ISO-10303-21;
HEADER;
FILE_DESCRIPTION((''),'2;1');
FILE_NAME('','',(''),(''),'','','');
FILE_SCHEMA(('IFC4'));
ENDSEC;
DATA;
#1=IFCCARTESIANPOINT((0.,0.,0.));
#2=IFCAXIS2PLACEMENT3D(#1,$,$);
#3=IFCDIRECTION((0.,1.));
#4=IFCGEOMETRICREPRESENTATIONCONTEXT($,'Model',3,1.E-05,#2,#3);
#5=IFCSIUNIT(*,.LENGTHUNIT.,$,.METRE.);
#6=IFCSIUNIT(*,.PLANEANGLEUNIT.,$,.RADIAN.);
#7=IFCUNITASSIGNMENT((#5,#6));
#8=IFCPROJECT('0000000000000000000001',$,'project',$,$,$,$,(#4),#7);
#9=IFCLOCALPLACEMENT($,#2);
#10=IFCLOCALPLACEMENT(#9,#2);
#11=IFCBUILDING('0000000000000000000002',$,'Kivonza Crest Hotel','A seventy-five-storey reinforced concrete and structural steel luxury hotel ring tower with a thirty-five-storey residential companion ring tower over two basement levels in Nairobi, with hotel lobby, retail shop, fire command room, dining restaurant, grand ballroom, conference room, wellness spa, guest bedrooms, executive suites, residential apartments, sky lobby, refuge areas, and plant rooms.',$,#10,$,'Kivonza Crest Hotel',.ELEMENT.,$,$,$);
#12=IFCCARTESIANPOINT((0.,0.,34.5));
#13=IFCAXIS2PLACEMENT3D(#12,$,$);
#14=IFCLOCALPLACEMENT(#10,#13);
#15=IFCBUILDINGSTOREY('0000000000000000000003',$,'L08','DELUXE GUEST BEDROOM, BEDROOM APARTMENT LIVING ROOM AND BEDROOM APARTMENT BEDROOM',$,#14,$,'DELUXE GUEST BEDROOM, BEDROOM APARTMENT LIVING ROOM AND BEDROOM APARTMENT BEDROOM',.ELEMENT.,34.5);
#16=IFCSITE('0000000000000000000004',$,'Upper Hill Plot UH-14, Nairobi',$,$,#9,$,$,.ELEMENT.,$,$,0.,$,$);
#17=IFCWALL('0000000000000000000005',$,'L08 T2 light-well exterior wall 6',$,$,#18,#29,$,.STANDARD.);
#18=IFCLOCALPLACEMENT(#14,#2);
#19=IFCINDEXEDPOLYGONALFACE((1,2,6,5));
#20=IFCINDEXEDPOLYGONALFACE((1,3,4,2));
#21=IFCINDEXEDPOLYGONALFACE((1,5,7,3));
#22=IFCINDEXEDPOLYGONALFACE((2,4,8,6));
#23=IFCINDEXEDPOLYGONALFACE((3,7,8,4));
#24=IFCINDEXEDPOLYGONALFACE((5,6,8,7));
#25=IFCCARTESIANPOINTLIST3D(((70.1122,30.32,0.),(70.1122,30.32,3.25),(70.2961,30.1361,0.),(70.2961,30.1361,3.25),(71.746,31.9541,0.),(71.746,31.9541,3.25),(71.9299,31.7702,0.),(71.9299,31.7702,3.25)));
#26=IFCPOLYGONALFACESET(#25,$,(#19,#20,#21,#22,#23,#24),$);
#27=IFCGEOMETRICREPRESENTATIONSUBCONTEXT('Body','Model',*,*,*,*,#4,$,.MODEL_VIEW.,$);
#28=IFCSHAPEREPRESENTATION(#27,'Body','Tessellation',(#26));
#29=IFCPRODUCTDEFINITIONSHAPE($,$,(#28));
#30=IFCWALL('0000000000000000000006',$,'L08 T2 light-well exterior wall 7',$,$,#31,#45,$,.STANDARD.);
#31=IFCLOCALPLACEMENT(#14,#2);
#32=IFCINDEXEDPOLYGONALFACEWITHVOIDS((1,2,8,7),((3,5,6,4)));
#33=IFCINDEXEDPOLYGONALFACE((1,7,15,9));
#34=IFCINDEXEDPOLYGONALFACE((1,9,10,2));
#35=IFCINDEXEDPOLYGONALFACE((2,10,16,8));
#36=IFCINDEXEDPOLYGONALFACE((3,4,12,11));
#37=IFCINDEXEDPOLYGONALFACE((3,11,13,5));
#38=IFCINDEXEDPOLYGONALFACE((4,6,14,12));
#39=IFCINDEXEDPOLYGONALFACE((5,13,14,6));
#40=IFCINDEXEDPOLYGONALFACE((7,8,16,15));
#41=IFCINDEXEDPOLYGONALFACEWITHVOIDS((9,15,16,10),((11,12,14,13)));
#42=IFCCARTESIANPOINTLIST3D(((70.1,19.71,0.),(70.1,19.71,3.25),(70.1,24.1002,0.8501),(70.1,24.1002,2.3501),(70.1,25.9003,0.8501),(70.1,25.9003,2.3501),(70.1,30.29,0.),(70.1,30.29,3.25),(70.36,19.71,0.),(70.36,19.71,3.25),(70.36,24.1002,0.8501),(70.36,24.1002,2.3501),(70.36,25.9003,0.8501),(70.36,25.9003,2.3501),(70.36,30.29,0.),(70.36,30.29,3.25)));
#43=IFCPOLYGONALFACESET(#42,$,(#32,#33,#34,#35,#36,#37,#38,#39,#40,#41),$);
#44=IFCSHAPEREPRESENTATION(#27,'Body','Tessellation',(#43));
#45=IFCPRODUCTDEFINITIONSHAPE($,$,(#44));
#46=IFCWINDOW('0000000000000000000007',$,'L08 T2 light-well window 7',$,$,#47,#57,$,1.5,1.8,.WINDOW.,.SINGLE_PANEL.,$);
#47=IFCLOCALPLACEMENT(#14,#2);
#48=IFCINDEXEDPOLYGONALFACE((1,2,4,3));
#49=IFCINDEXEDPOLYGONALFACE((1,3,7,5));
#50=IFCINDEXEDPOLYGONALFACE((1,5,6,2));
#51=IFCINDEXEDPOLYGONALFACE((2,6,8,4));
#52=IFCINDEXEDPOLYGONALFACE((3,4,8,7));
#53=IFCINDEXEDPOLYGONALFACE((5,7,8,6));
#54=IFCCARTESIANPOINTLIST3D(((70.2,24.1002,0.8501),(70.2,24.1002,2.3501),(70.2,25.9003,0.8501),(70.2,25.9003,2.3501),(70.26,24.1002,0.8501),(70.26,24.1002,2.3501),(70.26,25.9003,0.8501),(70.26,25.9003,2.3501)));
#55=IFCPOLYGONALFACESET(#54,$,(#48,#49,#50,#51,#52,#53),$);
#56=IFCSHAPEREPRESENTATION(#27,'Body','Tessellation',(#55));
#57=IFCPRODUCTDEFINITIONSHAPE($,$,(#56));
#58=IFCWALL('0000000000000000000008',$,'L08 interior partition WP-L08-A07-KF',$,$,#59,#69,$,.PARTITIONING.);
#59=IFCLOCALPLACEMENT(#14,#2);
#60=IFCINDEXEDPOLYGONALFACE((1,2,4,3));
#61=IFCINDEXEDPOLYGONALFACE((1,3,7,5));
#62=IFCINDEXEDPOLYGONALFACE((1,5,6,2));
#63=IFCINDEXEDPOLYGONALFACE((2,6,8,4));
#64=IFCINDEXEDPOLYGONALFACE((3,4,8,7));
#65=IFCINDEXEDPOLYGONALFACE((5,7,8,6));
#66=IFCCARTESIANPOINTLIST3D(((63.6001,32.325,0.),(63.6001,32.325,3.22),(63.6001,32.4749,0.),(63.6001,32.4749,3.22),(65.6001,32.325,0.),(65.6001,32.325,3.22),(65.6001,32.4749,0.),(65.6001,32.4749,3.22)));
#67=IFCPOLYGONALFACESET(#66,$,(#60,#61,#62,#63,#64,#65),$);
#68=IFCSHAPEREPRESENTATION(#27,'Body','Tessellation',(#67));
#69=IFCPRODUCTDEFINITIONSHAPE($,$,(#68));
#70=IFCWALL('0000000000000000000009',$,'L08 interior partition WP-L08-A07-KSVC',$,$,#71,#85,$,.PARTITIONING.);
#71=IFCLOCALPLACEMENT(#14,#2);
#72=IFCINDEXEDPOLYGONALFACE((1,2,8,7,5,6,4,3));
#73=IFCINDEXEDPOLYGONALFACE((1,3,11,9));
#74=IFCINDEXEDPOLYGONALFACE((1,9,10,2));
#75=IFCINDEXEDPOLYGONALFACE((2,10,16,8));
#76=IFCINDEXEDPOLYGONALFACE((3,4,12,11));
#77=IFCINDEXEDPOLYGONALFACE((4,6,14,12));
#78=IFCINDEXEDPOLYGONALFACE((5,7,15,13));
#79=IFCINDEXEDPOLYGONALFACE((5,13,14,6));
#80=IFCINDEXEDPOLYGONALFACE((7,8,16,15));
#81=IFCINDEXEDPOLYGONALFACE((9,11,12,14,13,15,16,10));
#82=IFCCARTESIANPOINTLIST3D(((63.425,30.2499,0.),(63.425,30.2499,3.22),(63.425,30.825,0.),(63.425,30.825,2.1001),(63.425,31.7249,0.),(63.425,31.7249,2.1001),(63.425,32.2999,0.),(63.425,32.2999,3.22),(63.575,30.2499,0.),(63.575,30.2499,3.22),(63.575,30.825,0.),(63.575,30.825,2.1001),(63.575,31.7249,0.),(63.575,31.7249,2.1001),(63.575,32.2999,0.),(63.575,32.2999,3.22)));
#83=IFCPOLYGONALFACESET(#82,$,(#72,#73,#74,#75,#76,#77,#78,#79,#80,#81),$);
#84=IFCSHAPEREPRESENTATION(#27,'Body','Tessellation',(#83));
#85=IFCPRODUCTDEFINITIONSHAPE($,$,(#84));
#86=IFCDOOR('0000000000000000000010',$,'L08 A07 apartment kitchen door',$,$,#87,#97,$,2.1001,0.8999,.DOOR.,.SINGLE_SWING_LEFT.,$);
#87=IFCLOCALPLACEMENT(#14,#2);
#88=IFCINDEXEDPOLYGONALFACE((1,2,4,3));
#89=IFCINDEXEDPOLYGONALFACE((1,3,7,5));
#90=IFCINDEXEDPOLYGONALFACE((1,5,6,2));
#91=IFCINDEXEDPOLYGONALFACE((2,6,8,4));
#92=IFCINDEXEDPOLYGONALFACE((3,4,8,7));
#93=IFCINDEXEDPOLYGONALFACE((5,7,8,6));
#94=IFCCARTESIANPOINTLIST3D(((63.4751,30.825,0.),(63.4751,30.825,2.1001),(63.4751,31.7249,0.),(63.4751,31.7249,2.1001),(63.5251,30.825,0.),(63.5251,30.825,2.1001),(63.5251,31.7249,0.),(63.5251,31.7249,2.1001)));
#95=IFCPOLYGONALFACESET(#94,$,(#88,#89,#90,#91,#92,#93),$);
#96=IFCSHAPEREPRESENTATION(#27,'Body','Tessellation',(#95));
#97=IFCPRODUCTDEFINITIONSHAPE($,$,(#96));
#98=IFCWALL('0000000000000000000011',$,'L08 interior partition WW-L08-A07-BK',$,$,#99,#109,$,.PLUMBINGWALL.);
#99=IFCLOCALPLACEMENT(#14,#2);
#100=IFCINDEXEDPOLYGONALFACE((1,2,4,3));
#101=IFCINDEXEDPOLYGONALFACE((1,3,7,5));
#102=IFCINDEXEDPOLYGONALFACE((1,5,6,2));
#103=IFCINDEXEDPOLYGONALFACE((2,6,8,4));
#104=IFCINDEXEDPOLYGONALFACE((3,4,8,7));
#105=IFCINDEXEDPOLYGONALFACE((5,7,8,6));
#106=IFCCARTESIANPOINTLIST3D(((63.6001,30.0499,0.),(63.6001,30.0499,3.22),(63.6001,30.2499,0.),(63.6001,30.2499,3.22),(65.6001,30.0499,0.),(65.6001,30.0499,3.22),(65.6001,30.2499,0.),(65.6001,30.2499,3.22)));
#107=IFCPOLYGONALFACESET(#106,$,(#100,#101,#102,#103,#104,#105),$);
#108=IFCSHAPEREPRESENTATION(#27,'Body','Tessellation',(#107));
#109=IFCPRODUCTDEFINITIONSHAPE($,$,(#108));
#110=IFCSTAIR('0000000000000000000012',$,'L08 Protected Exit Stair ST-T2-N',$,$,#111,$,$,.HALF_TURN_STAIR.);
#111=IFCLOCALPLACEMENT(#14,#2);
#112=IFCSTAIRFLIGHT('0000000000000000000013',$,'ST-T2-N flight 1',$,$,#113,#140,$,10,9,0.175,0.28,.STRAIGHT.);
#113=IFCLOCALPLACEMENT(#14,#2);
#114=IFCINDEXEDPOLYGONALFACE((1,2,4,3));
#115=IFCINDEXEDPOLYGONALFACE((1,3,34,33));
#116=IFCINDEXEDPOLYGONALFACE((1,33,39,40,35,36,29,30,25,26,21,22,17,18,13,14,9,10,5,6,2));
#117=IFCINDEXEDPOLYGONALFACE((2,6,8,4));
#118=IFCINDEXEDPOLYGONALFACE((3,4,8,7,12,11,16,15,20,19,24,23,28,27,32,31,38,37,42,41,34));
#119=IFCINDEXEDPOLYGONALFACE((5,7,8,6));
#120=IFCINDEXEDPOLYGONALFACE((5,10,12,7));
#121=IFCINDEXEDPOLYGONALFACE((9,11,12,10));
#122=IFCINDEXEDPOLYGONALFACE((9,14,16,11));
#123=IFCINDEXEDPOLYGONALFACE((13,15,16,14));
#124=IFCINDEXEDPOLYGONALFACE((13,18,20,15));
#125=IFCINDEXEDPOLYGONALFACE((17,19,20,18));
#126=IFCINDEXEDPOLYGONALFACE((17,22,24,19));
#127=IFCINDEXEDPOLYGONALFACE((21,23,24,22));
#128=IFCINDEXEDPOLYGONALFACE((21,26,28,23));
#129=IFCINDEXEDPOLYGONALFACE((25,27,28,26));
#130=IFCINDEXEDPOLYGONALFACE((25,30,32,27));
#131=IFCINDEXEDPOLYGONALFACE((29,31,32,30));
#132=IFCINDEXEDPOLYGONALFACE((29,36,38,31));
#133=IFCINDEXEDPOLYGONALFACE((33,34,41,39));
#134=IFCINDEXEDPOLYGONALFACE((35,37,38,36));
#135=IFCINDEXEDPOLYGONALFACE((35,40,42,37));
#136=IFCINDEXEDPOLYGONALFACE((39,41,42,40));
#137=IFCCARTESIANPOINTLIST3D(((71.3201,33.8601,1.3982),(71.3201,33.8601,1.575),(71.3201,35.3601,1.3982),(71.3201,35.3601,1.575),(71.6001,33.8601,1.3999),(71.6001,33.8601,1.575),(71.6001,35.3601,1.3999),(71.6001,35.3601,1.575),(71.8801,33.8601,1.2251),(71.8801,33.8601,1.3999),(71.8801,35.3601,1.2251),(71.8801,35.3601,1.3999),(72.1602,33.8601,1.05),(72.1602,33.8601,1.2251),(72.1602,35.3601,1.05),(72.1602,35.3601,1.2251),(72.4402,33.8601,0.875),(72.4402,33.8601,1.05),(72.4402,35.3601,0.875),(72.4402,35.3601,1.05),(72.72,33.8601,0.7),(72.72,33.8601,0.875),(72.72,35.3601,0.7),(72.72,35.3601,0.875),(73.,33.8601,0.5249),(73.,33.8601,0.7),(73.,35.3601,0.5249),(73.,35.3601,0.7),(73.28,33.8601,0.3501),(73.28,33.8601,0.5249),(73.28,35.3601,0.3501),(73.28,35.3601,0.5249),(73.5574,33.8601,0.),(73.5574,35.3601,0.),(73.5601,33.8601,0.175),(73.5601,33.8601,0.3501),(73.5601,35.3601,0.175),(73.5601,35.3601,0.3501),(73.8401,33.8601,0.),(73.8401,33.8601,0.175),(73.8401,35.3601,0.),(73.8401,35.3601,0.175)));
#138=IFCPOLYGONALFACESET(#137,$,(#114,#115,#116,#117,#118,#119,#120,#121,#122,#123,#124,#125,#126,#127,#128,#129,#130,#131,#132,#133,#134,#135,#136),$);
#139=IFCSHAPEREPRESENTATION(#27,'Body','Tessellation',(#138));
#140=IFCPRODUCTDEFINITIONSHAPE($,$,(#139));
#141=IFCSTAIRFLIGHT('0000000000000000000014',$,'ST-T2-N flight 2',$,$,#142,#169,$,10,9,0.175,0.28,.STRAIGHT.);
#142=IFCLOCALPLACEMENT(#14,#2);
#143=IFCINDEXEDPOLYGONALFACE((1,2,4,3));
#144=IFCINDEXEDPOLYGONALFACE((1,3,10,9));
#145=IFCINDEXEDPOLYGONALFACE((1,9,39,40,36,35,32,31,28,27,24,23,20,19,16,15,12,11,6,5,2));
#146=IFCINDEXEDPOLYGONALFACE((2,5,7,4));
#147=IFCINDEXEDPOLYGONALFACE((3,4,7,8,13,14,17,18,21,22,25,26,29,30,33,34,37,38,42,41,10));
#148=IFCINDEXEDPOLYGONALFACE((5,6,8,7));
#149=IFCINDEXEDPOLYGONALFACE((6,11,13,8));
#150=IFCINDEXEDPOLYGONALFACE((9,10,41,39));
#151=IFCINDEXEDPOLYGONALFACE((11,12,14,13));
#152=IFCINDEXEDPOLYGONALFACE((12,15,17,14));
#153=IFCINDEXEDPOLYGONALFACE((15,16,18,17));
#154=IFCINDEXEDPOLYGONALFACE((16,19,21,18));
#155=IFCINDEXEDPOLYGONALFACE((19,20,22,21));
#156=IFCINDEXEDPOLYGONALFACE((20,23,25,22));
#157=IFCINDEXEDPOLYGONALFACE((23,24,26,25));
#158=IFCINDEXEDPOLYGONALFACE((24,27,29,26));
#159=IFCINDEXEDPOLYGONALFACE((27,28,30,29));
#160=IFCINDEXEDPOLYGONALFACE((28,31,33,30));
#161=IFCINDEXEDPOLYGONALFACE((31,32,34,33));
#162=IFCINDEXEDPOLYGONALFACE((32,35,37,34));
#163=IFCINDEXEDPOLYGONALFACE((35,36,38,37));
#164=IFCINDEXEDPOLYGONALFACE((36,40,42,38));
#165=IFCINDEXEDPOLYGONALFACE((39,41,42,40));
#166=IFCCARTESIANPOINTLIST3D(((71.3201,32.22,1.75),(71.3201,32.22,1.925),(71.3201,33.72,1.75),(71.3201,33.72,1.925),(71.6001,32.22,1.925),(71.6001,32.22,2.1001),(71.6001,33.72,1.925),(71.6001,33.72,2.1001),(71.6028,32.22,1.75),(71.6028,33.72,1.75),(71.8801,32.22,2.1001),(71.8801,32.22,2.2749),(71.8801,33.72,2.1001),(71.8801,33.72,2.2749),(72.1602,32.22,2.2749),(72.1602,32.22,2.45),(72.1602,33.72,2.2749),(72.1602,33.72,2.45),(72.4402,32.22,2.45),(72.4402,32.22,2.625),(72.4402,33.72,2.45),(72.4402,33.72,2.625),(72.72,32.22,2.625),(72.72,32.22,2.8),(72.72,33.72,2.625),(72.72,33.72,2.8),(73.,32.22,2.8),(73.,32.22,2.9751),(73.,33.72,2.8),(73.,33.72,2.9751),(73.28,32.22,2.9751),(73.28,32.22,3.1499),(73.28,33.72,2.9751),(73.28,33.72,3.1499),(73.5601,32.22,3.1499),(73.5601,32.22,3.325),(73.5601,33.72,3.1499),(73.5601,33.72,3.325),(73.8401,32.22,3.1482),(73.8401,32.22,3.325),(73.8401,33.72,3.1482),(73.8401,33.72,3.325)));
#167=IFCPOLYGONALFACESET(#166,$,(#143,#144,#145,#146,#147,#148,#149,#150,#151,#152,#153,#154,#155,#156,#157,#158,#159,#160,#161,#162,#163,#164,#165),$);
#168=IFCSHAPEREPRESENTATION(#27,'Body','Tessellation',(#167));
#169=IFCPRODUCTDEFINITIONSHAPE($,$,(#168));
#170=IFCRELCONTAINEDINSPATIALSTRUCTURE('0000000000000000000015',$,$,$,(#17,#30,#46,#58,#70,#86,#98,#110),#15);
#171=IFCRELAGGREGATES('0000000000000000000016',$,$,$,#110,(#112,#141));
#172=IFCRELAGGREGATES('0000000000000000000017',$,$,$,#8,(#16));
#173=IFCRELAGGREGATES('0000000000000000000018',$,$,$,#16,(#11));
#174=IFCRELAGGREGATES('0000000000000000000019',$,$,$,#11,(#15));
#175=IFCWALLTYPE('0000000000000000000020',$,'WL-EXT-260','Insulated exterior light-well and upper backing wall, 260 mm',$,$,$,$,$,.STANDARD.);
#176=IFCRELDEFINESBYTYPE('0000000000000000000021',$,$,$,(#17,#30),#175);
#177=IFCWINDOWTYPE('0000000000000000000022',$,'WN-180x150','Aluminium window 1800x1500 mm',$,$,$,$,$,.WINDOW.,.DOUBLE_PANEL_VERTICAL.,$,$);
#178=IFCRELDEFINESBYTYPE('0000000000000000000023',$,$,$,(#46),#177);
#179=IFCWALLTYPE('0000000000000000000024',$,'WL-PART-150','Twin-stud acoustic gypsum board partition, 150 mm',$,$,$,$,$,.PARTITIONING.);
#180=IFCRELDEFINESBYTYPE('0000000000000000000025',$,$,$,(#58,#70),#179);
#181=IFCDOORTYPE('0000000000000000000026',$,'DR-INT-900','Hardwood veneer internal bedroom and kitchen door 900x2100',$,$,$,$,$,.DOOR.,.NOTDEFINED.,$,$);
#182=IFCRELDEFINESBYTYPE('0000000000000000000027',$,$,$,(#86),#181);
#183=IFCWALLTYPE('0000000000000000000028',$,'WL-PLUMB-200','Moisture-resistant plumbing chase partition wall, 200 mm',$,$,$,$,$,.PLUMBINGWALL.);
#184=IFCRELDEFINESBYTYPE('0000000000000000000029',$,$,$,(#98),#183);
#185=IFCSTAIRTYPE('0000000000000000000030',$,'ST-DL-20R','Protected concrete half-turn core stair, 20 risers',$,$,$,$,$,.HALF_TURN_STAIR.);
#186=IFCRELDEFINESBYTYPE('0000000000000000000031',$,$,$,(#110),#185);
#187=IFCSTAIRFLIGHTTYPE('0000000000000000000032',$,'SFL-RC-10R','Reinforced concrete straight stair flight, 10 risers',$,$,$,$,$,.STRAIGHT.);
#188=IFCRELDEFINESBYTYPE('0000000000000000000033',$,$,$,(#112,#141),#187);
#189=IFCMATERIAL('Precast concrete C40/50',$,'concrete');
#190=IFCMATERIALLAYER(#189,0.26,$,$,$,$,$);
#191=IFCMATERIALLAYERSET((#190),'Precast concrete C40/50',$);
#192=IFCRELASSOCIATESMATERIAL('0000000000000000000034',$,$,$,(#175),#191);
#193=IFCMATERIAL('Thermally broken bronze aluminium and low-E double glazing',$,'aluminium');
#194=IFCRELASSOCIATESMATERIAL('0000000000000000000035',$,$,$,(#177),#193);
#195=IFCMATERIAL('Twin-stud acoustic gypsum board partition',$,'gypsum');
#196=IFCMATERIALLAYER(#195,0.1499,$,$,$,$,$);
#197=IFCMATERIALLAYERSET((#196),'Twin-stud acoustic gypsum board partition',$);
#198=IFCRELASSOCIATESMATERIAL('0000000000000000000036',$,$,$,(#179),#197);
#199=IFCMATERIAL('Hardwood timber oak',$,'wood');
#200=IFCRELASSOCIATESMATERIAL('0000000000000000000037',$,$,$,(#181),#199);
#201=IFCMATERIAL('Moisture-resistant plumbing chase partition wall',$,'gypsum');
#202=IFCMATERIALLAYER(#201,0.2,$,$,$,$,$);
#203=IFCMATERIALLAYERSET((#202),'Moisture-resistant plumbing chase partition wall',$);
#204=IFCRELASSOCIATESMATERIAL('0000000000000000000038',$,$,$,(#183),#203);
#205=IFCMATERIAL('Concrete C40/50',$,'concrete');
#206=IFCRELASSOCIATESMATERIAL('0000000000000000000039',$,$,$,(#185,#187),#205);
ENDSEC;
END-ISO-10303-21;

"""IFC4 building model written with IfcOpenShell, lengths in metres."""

from ifc_helpers import new_model, si_unit, direction, frame, frame_2d, origin, place, context, subcontext, project, spatial, polyline, rectangle, outline, extrude, material, layer, layer_set, type_object, element, fill, aggregate, save


model = new_model("IFC4")

# Units and contexts
model_context = context("Model", 3, precision=1e-05, world=origin(), true_north=direction((0.0, 1.0)))
body_context = subcontext(model_context, "Body", "Model", "MODEL_VIEW")
ifc_project = project(units=[si_unit("LENGTHUNIT", "METRE"), si_unit("PLANEANGLEUNIT", "RADIAN")], contexts=[model_context])

# Site, building, storey
site_placement = place(None, origin())
site = spatial("IfcSite", under=ifc_project, at=site_placement, Name="Upper Hill Plot UH-14, Nairobi", CompositionType="ELEMENT", RefElevation=0.0)
building_placement = place(site_placement, origin())
building = spatial("IfcBuilding", under=site, at=building_placement, Name="Kivonza Crest Hotel", Description="A seventy-five-storey reinforced concrete and structural steel luxury hotel ring tower with a thirty-five-storey residential companion ring tower over two basement levels in Nairobi, with hotel lobby, retail shop, fire command room, dining restaurant, grand ballroom, conference room, wellness spa, guest bedrooms, executive suites, residential apartments, sky lobby, refuge areas, and plant rooms.", LongName="Kivonza Crest Hotel", CompositionType="ELEMENT")
storey_placement = place(building_placement, frame((0.0, 0.0, 34.5)))
storey = spatial("IfcBuildingStorey", under=building, at=storey_placement, Name="L08", Description="DELUXE GUEST BEDROOM, BEDROOM APARTMENT LIVING ROOM AND BEDROOM APARTMENT BEDROOM", LongName="DELUXE GUEST BEDROOM, BEDROOM APARTMENT LIVING ROOM AND BEDROOM APARTMENT BEDROOM", CompositionType="ELEMENT", Elevation=34.5)

# Shared definitions
ifc_material_1 = material(Name="Hardwood timber oak", Category="wood")

# Wall
ifc_material_2 = material(Name="Precast concrete C40/50", Category="concrete")
ifc_layer_1 = layer(ifc_material_2, 0.26)
ifc_layer_set_1 = layer_set([ifc_layer_1], Name="Precast concrete C40/50")
wall_type_1 = type_object("IfcWallType", Name="WL-EXT-260", Description="Insulated exterior light-well and upper backing wall, 260 mm", PredefinedType="STANDARD", material=ifc_layer_set_1)
wall_1_placement = place(storey_placement, frame((71.8379, 31.8621, 0.0), z_axis=(0.0, 0.0, 1.0), x_axis=(-0.707054, -0.70716, 0.0)))
element("IfcWall", 1, at=wall_1_placement, inside=storey, type_object=wall_type_1, Name="L08 T2 light-well exterior wall 6", PredefinedType="STANDARD", context=body_context, shape_type="SweptSolid", body=[
    extrude(rectangle(XDim=2.3108, YDim=0.26, at=frame_2d((1.1553, 0.0))), origin(), (0.0, 0.0, 1.0), 3.25),
])

# Wall, opening, window
wall_2_placement = place(storey_placement, frame((70.23, 30.29, 0.0), z_axis=(0.0, 0.0, 1.0), x_axis=(0.0, -1.0, 0.0)))
wall_2 = element("IfcWall", 2, at=wall_2_placement, inside=storey, type_object=wall_type_1, Name="L08 T2 light-well exterior wall 7", PredefinedType="STANDARD", context=body_context, shape_type="SweptSolid", body=[
    extrude(rectangle(XDim=10.5801, YDim=0.26, at=frame_2d((5.29, 0.0))), origin(), (0.0, 0.0, 1.0), 3.25),
])
opening_1_placement = place(wall_2_placement, frame((4.3899, 0.0, 0.8501)))
opening_1 = element("IfcOpeningElement", 3, at=opening_1_placement, cuts=wall_2, PredefinedType="OPENING", context=body_context, shape_type="SweptSolid", body=[
    extrude(rectangle(XDim=1.8, YDim=1.5, at=frame_2d((0.8999, 0.75))), frame((0.0, 0.1401, 0.0), z_axis=(0.0, -1.0, 0.0), x_axis=(1.0, 0.0, 0.0)), (0.0, 0.0, 1.0), 0.28),
])
ifc_material_3 = material(Name="Thermally broken bronze aluminium and low-E double glazing", Category="aluminium")
window_type = type_object("IfcWindowType", Name="WN-180x150", Description="Aluminium window 1800x1500 mm", PartitioningType="DOUBLE_PANEL_VERTICAL", PredefinedType="WINDOW", material=ifc_material_3)
window_placement = place(opening_1_placement, origin())
window = element("IfcWindow", 4, at=window_placement, inside=storey, type_object=window_type, Name="L08 T2 light-well window 7", OverallHeight=1.5, OverallWidth=1.8, PartitioningType="SINGLE_PANEL", PredefinedType="WINDOW", context=body_context, shape_type="SweptSolid", body=[
    extrude(rectangle(XDim=1.8, YDim=1.5, at=frame_2d((0.8999, 0.75))), frame((0.0, 0.03, 0.0), z_axis=(0.0, -1.0, 0.0), x_axis=(1.0, 0.0, 0.0)), (0.0, 0.0, 1.0), 0.0601),
])
fill(opening_1, window)

# Wall
ifc_material_4 = material(Name="Twin-stud acoustic gypsum board partition", Category="gypsum")
ifc_layer_2 = layer(ifc_material_4, 0.1499)
ifc_layer_set_2 = layer_set([ifc_layer_2], Name="Twin-stud acoustic gypsum board partition")
wall_type_2 = type_object("IfcWallType", Name="WL-PART-150", Description="Twin-stud acoustic gypsum board partition, 150 mm", PredefinedType="PARTITIONING", material=ifc_layer_set_2)
wall_3_placement = place(storey_placement, frame((63.6001, 32.3999, 0.0), z_axis=(0.0, 0.0, 1.0), x_axis=(1.0, 0.0, 0.0)))
element("IfcWall", 5, at=wall_3_placement, inside=storey, type_object=wall_type_2, Name="L08 interior partition WP-L08-A07-KF", PredefinedType="PARTITIONING", context=body_context, shape_type="SweptSolid", body=[
    extrude(rectangle(XDim=2.0, YDim=0.1499, at=frame_2d((1.0, 0.0))), origin(), (0.0, 0.0, 1.0), 3.22),
])

# Wall, opening, door
wall_4_placement = place(storey_placement, frame((63.5, 30.25, 0.0), z_axis=(0.0, 0.0, 1.0), x_axis=(0.0, 1.0, 0.0)))
wall_4 = element("IfcWall", 6, at=wall_4_placement, inside=storey, type_object=wall_type_2, Name="L08 interior partition WP-L08-A07-KSVC", PredefinedType="PARTITIONING", context=body_context, shape_type="SweptSolid", body=[
    extrude(rectangle(XDim=2.05, YDim=0.1499, at=frame_2d((1.0249, 0.0))), origin(), (0.0, 0.0, 1.0), 3.22),
])
opening_2_placement = place(wall_4_placement, frame((0.575, 0.0, 0.0)))
opening_2 = element("IfcOpeningElement", 7, at=opening_2_placement, cuts=wall_4, PredefinedType="OPENING", context=body_context, shape_type="SweptSolid", body=[
    extrude(rectangle(XDim=0.8999, YDim=2.1001, at=frame_2d((0.45, 1.05))), frame((0.0, 0.085, 0.0), z_axis=(0.0, -1.0, 0.0), x_axis=(1.0, 0.0, 0.0)), (0.0, 0.0, 1.0), 0.1699),
])
door_type_1 = type_object("IfcDoorType", Name="DR-INT-900", Description="Hardwood veneer internal bedroom and kitchen door 900x2100", OperationType="NOTDEFINED", PredefinedType="DOOR", material=ifc_material_1)
door_1_placement = place(opening_2_placement, origin())
door_1 = element("IfcDoor", 8, at=door_1_placement, inside=storey, type_object=door_type_1, Name="L08 A07 apartment kitchen door", OperationType="SINGLE_SWING_LEFT", OverallHeight=2.1001, OverallWidth=0.8999, PredefinedType="DOOR", context=body_context, shape_type="SweptSolid", body=[
    extrude(rectangle(XDim=0.8999, YDim=2.1001, at=frame_2d((0.45, 1.05))), frame((0.0, 0.0249, 0.0), z_axis=(0.0, -1.0, 0.0), x_axis=(1.0, 0.0, 0.0)), (0.0, 0.0, 1.0), 0.05),
])
fill(opening_2, door_1)

# Wall
ifc_material_5 = material(Name="Moisture-resistant plumbing chase partition wall", Category="gypsum")
ifc_layer_3 = layer(ifc_material_5, 0.2)
ifc_layer_set_3 = layer_set([ifc_layer_3], Name="Moisture-resistant plumbing chase partition wall")
wall_type_3 = type_object("IfcWallType", Name="WL-PLUMB-200", Description="Moisture-resistant plumbing chase partition wall, 200 mm", PredefinedType="PLUMBINGWALL", material=ifc_layer_set_3)
wall_5_placement = place(storey_placement, frame((63.6001, 30.1499, 0.0), z_axis=(0.0, 0.0, 1.0), x_axis=(1.0, 0.0, 0.0)))
element("IfcWall", 9, at=wall_5_placement, inside=storey, type_object=wall_type_3, Name="L08 interior partition WW-L08-A07-BK", PredefinedType="PLUMBINGWALL", context=body_context, shape_type="SweptSolid", body=[
    extrude(rectangle(XDim=2.0, YDim=0.2, at=frame_2d((1.0, 0.0))), origin(), (0.0, 0.0, 1.0), 3.22),
])

# Stair, stair flights
ifc_material_6 = material(Name="Concrete C40/50", Category="concrete")
stair_type = type_object("IfcStairType", Name="ST-DL-20R", Description="Protected concrete half-turn core stair, 20 risers", PredefinedType="HALF_TURN_STAIR", material=ifc_material_6)
stair_placement = place(storey_placement, origin())
stair = element("IfcStair", 10, at=stair_placement, inside=storey, type_object=stair_type, Name="L08 Protected Exit Stair ST-T2-N", PredefinedType="HALF_TURN_STAIR")
stair_flight_type = type_object("IfcStairFlightType", Name="SFL-RC-10R", Description="Reinforced concrete straight stair flight, 10 risers", PredefinedType="STRAIGHT", material=ifc_material_6)
stair_flight_1_placement = place(storey_placement, frame((73.8401, 34.6101, 0.0), z_axis=(0.0, 0.0, 1.0), x_axis=(-1.0, 0.0, 0.0)))
stair_flight_1 = element("IfcStairFlight", 11, at=stair_flight_1_placement, type_object=stair_flight_type, Name="ST-T2-N flight 1", NumberOfRisers=10, NumberOfTreads=9, PredefinedType="STRAIGHT", RiserHeight=0.175, TreadLength=0.28, context=body_context, shape_type="SweptSolid", body=[
    extrude(outline(polyline([(0.0, 0.0), (0.0, 0.175), (0.28, 0.175), (0.28, 0.3501), (0.5601, 0.3501), (0.5601, 0.5249), (0.8401, 0.5249), (0.8401, 0.7), (1.1201, 0.7), (1.1201, 0.875), (1.3999, 0.875), (1.3999, 1.05), (1.6799, 1.05), (1.6799, 1.2251), (1.96, 1.2251), (1.96, 1.3999), (2.24, 1.3999), (2.24, 1.575), (2.52, 1.575), (2.52, 1.75), (2.52, 1.3982), (0.2827, 0.0), (0.0, 0.0)])), frame((0.0, 0.75, 0.0), z_axis=(0.0, -1.0, 0.0), x_axis=(1.0, 0.0, 0.0)), (0.0, 0.0, 1.0), 1.5),
])
stair_flight_2_placement = place(storey_placement, frame((71.3201, 32.97, 1.75), z_axis=(0.0, 0.0, 1.0), x_axis=(1.0, 0.0, 0.0)))
stair_flight_2 = element("IfcStairFlight", 12, at=stair_flight_2_placement, type_object=stair_flight_type, Name="ST-T2-N flight 2", NumberOfRisers=10, NumberOfTreads=9, PredefinedType="STRAIGHT", RiserHeight=0.175, TreadLength=0.28, context=body_context, shape_type="SweptSolid", body=[
    extrude(outline(polyline([(0.0, 0.0), (0.0, 0.175), (0.28, 0.175), (0.28, 0.3501), (0.5601, 0.3501), (0.5601, 0.5249), (0.8401, 0.5249), (0.8401, 0.7), (1.1201, 0.7), (1.1201, 0.875), (1.3999, 0.875), (1.3999, 1.05), (1.6799, 1.05), (1.6799, 1.2251), (1.96, 1.2251), (1.96, 1.3999), (2.24, 1.3999), (2.24, 1.575), (2.52, 1.575), (2.52, 1.75), (2.52, 1.3982), (0.2827, 0.0), (0.0, 0.0)])), frame((0.0, 0.75, 0.0), z_axis=(0.0, -1.0, 0.0), x_axis=(1.0, 0.0, 0.0)), (0.0, 0.0, 1.0), 1.5),
])
aggregate(stair, [stair_flight_1, stair_flight_2])

save(model, "model.ifc")
